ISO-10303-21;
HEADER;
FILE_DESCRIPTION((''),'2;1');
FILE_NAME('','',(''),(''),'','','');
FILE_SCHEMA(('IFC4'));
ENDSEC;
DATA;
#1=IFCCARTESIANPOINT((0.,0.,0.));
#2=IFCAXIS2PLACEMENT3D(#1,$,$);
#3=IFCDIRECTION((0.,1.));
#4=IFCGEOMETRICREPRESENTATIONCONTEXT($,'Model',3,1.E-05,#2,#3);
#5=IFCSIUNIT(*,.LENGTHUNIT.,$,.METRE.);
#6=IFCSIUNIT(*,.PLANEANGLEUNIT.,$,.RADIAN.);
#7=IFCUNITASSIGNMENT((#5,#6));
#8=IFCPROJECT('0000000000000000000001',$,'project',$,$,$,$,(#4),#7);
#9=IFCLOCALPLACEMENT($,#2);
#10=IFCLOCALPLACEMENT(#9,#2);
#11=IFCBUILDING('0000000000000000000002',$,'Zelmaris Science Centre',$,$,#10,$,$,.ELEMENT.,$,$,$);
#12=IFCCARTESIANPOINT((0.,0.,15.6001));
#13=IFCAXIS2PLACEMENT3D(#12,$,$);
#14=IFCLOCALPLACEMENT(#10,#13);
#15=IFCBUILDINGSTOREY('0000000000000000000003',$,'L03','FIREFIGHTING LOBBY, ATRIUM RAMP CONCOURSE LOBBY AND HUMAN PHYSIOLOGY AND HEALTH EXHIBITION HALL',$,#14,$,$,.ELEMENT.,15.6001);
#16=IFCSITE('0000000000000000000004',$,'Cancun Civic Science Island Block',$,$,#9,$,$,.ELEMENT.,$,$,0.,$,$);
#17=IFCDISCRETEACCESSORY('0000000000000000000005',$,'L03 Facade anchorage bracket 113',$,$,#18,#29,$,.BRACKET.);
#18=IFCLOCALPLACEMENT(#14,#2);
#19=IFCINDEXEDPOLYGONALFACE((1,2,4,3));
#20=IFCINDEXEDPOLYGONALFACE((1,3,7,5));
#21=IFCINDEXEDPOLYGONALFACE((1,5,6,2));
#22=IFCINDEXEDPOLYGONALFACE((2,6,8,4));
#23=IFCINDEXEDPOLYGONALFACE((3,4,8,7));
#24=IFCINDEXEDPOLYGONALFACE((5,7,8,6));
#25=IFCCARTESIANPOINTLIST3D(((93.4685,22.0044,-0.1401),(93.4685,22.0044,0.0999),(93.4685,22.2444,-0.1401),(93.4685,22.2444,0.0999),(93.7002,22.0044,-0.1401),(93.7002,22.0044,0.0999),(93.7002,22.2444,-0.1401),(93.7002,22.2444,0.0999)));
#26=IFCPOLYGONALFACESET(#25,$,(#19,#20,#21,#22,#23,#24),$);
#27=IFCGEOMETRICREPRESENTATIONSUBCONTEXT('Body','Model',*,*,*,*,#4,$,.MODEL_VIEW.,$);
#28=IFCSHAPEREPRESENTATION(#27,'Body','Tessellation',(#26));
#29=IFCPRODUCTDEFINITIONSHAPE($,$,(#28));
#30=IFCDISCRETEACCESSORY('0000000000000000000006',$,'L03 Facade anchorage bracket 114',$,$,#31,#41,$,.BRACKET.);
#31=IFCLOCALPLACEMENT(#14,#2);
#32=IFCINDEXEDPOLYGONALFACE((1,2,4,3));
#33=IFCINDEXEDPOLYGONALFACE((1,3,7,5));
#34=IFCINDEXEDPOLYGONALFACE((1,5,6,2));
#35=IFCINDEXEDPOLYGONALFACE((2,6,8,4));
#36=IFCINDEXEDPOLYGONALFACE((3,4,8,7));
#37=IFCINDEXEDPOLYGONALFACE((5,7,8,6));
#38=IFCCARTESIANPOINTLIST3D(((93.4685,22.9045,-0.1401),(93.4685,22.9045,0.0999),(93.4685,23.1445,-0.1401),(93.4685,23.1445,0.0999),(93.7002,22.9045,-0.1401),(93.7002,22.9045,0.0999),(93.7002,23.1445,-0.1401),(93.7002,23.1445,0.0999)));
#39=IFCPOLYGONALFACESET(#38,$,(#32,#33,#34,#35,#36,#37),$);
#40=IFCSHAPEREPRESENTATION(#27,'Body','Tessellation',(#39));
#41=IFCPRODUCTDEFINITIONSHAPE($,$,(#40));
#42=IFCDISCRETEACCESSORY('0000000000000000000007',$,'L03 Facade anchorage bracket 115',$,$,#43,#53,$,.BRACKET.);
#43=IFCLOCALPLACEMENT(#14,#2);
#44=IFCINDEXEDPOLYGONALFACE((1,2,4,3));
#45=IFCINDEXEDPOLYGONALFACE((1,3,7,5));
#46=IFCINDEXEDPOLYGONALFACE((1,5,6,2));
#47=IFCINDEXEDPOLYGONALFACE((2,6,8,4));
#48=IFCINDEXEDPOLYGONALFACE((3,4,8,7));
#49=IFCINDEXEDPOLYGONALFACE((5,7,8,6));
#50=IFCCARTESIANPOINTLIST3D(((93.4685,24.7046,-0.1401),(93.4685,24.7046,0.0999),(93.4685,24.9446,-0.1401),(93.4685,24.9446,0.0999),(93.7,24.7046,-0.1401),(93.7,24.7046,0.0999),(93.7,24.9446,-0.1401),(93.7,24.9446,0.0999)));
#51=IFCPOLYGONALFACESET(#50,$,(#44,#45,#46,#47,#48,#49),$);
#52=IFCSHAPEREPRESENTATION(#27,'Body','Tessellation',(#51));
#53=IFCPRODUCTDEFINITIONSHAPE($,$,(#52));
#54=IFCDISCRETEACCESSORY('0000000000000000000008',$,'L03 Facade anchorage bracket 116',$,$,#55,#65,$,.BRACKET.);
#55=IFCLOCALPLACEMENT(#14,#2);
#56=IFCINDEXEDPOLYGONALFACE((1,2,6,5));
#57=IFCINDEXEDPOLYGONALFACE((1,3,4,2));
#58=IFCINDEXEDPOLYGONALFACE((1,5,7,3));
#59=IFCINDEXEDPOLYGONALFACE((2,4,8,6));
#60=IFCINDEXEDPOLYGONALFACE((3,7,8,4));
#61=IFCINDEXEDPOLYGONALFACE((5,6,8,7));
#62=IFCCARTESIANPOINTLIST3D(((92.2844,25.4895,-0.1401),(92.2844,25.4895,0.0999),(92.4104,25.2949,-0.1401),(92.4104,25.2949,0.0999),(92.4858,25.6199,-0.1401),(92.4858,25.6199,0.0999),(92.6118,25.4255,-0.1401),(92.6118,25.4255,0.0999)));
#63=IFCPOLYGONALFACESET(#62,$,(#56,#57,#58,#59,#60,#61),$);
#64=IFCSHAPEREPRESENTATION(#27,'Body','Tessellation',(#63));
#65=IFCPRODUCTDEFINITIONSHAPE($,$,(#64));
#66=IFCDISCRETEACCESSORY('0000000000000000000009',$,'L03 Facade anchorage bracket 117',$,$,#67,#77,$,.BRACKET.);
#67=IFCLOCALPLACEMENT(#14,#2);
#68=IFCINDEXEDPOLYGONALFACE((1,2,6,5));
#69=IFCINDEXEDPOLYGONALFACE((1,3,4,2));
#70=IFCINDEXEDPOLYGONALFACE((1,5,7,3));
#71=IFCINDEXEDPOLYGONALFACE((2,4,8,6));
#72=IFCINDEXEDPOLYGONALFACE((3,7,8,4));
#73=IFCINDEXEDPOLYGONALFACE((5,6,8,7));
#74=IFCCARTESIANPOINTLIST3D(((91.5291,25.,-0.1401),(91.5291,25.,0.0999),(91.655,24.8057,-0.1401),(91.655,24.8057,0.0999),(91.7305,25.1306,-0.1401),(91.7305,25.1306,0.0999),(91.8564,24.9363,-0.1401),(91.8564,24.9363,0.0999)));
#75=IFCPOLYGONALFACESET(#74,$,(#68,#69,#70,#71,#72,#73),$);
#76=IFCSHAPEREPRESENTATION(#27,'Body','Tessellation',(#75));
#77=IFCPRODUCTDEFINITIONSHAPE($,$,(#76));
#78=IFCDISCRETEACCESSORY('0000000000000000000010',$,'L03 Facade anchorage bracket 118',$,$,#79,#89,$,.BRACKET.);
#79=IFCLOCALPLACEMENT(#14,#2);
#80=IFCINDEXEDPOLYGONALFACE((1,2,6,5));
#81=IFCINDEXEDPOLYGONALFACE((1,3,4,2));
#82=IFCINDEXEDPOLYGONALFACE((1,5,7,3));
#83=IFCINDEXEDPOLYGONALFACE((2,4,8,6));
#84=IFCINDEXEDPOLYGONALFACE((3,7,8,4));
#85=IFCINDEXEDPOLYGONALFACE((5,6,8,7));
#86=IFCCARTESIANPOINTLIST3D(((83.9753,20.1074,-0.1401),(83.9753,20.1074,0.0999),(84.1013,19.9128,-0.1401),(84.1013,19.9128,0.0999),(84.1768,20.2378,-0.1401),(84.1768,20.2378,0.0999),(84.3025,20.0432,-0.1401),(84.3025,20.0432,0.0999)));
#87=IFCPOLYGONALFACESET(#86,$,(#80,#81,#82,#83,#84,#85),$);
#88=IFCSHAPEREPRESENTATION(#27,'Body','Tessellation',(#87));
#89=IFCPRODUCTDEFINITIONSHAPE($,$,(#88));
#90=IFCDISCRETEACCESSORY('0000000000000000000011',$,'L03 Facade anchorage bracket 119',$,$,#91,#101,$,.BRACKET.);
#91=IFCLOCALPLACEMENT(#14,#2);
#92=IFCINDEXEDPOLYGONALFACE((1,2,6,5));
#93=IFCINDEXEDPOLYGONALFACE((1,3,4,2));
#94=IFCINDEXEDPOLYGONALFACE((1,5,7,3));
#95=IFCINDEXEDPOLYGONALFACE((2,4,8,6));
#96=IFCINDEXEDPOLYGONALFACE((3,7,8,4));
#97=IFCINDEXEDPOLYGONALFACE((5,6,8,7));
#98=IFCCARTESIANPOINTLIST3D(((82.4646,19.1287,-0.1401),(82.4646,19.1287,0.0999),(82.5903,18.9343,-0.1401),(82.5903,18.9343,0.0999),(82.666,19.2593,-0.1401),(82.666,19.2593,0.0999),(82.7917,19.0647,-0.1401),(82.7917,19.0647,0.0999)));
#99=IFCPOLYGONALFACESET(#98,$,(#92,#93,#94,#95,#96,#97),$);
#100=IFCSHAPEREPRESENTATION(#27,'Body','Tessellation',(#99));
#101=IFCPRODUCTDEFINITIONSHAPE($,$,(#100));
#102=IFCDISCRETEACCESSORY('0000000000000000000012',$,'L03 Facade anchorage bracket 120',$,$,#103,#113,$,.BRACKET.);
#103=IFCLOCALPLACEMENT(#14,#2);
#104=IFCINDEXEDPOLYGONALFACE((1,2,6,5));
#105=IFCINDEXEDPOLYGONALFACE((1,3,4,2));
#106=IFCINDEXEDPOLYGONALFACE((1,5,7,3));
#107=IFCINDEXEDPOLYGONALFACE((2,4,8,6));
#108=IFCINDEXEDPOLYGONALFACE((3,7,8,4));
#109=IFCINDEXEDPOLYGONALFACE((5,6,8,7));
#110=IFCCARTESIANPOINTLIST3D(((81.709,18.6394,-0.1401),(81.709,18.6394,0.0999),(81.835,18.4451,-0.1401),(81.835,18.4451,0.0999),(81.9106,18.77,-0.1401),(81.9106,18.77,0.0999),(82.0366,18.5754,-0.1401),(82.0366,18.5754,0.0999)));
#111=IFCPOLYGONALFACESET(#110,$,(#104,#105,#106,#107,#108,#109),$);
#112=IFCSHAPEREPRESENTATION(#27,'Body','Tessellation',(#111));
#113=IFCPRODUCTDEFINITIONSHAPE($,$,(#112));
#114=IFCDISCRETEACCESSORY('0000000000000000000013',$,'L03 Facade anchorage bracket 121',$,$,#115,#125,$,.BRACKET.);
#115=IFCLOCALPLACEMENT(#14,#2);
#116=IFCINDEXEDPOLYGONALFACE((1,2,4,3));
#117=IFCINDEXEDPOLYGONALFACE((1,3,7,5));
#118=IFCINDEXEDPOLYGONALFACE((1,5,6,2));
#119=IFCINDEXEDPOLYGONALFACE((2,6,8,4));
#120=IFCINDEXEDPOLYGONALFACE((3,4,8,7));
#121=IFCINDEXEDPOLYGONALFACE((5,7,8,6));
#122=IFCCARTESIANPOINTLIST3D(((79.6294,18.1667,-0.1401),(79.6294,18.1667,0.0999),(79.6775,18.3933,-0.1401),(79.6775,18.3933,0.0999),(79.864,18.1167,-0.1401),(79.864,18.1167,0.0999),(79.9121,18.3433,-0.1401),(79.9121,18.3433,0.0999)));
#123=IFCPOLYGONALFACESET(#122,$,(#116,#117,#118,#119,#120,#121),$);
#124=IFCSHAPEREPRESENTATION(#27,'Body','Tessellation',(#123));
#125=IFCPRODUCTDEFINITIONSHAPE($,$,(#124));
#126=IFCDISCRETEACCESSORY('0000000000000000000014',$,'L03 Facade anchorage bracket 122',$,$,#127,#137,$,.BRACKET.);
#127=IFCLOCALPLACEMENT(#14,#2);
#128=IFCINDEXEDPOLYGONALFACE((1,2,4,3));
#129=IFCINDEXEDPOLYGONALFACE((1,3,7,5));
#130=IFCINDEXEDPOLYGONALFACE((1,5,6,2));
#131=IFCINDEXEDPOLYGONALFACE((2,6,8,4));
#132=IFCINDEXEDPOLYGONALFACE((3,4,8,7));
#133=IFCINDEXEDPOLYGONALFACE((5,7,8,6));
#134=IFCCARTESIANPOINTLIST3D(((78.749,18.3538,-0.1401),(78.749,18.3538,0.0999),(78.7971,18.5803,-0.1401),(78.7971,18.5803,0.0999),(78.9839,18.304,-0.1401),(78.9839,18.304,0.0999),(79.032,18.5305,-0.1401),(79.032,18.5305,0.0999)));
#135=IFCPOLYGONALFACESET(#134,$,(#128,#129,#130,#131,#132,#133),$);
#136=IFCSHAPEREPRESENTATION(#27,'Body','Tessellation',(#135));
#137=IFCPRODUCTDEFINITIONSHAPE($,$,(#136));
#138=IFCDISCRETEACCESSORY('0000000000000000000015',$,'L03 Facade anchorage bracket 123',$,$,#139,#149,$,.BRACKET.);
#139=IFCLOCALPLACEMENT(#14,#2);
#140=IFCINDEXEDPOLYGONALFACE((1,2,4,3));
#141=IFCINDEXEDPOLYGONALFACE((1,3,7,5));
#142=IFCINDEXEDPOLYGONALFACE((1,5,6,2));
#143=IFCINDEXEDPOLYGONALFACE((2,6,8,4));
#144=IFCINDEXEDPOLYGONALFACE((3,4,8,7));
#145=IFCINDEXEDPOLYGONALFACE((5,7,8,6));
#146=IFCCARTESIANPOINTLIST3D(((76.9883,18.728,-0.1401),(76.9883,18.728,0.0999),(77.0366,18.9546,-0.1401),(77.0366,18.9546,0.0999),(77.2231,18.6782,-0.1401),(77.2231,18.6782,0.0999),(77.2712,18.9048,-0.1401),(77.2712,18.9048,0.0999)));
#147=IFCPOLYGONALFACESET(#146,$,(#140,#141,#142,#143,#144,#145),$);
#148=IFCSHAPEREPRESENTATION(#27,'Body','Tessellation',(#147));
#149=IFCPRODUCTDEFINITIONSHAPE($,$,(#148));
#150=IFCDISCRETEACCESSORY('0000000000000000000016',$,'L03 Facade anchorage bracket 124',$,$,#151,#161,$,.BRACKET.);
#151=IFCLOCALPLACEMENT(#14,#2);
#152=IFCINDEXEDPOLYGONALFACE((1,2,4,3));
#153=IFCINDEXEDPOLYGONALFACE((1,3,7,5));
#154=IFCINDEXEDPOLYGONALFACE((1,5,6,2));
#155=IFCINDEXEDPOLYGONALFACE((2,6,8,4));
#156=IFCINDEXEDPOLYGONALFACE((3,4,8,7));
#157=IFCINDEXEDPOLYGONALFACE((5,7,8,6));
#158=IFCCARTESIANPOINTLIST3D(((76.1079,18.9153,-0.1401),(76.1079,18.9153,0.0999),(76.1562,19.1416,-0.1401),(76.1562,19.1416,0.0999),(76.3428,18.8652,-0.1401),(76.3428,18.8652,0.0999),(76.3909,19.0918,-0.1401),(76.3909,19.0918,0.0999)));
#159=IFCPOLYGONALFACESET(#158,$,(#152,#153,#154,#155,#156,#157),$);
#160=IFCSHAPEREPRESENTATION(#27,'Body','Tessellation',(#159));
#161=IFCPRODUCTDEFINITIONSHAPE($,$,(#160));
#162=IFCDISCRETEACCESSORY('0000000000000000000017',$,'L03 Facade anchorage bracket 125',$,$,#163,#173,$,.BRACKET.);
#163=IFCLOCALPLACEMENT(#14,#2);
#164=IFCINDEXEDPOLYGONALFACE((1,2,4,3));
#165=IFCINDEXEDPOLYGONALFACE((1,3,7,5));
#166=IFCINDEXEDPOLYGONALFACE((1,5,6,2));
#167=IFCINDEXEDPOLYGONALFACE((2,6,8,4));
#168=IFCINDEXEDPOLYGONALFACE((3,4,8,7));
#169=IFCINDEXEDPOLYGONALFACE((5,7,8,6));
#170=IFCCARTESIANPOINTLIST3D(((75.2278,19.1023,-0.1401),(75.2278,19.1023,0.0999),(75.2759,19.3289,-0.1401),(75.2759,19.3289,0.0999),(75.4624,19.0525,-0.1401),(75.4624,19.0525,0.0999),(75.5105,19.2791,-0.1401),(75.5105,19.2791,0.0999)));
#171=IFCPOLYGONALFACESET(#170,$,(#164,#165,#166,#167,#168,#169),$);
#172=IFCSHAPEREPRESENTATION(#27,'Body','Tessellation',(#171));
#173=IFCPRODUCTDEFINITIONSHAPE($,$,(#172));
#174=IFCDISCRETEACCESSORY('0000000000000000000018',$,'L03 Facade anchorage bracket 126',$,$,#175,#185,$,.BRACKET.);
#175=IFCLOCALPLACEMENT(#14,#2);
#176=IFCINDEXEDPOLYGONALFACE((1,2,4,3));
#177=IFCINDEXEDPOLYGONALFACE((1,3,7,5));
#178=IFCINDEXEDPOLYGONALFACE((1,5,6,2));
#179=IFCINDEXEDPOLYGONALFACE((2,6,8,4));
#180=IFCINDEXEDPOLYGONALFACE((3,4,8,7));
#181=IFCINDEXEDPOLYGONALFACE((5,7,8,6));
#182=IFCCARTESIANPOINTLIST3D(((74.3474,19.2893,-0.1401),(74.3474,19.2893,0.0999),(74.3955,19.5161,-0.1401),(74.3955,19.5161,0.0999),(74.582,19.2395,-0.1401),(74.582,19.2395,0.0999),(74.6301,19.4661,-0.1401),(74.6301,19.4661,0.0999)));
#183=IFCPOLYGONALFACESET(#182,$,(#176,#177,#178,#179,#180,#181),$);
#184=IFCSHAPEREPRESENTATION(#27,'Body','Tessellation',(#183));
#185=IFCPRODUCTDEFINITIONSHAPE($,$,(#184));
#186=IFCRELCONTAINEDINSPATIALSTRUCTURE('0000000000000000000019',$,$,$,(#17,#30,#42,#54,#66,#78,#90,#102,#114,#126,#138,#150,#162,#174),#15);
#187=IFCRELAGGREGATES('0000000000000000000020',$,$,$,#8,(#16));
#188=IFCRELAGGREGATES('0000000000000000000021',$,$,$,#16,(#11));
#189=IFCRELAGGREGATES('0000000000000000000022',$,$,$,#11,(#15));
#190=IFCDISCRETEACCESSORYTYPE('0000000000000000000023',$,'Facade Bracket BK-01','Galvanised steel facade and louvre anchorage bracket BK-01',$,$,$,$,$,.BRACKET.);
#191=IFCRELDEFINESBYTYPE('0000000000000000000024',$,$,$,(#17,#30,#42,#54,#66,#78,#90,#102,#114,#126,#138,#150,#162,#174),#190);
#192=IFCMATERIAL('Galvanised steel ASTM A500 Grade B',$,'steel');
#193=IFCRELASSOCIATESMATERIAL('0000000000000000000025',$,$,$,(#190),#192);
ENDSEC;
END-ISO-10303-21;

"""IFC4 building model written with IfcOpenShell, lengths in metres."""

from ifc_helpers import new_model, si_unit, direction, frame, origin, place, context, subcontext, project, spatial, polyline, outline, extrude, material, type_object, element, save


model = new_model("IFC4")

# Units and contexts
model_context = context("Model", 3, precision=1e-05, world=origin(), true_north=direction((0.0, 1.0)))
body_context = subcontext(model_context, "Body", "Model", "MODEL_VIEW")
ifc_project = project(units=[si_unit("LENGTHUNIT", "METRE"), si_unit("PLANEANGLEUNIT", "RADIAN")], contexts=[model_context])

# Site, building, storey
site_placement = place(None, origin())
site = spatial("IfcSite", under=ifc_project, at=site_placement, Name="Cancun Civic Science Island Block", CompositionType="ELEMENT", RefElevation=0.0)
building_placement = place(site_placement, origin())
building = spatial("IfcBuilding", under=site, at=building_placement, Name="Zelmaris Science Centre", CompositionType="ELEMENT")
storey_placement = place(building_placement, frame((0.0, 0.0, 15.6001)))
storey = spatial("IfcBuildingStorey", under=building, at=storey_placement, Name="L03", Description="FIREFIGHTING LOBBY, ATRIUM RAMP CONCOURSE LOBBY AND HUMAN PHYSIOLOGY AND HEALTH EXHIBITION HALL", CompositionType="ELEMENT", Elevation=15.6001)

# Discrete accessories
ifc_material_1 = material(Name="Galvanised steel ASTM A500 Grade B", Category="steel")
discrete_accessory_type_1 = type_object("IfcDiscreteAccessoryType", Name="Facade Bracket BK-01", Description="Galvanised steel facade and louvre anchorage bracket BK-01", PredefinedType="BRACKET", material=ifc_material_1)
discrete_accessory_1_placement = place(storey_placement, frame((0.0, 0.0, -0.1401)))
element("IfcDiscreteAccessory", 1, at=discrete_accessory_1_placement, inside=storey, type_object=discrete_accessory_type_1, Name="L03 Facade anchorage bracket 113", PredefinedType="BRACKET", context=body_context, shape_type="SweptSolid", body=[
    extrude(outline(polyline([(93.7002, 22.0044), (93.7002, 22.2444), (93.4685, 22.2444), (93.4685, 22.0044), (93.7002, 22.0044)])), origin(), (0.0, 0.0, 1.0), 0.24),
])
discrete_accessory_2_placement = place(storey_placement, frame((0.0, 0.0, -0.1401)))
element("IfcDiscreteAccessory", 2, at=discrete_accessory_2_placement, inside=storey, type_object=discrete_accessory_type_1, Name="L03 Facade anchorage bracket 114", PredefinedType="BRACKET", context=body_context, shape_type="SweptSolid", body=[
    extrude(outline(polyline([(93.7002, 22.9045), (93.7002, 23.1445), (93.4685, 23.1445), (93.4685, 22.9045), (93.7002, 22.9045)])), origin(), (0.0, 0.0, 1.0), 0.24),
])
discrete_accessory_3_placement = place(storey_placement, frame((0.0, 0.0, -0.1401)))
element("IfcDiscreteAccessory", 3, at=discrete_accessory_3_placement, inside=storey, type_object=discrete_accessory_type_1, Name="L03 Facade anchorage bracket 115", PredefinedType="BRACKET", context=body_context, shape_type="SweptSolid", body=[
    extrude(outline(polyline([(93.7, 24.7046), (93.7, 24.9446), (93.4685, 24.9446), (93.4685, 24.7046), (93.7, 24.7046)])), origin(), (0.0, 0.0, 1.0), 0.24),
])
discrete_accessory_4_placement = place(storey_placement, frame((0.0, 0.0, -0.1401)))
element("IfcDiscreteAccessory", 4, at=discrete_accessory_4_placement, inside=storey, type_object=discrete_accessory_type_1, Name="L03 Facade anchorage bracket 116", PredefinedType="BRACKET", context=body_context, shape_type="SweptSolid", body=[
    extrude(outline(polyline([(92.4858, 25.6199), (92.2844, 25.4895), (92.4104, 25.2949), (92.6118, 25.4255), (92.4858, 25.6199)])), origin(), (0.0, 0.0, 1.0), 0.24),
])
discrete_accessory_5_placement = place(storey_placement, frame((0.0, 0.0, -0.1401)))
element("IfcDiscreteAccessory", 5, at=discrete_accessory_5_placement, inside=storey, type_object=discrete_accessory_type_1, Name="L03 Facade anchorage bracket 117", PredefinedType="BRACKET", context=body_context, shape_type="SweptSolid", body=[
    extrude(outline(polyline([(91.7305, 25.1306), (91.5291, 25.0), (91.655, 24.8057), (91.8564, 24.9363), (91.7305, 25.1306)])), origin(), (0.0, 0.0, 1.0), 0.24),
])
discrete_accessory_6_placement = place(storey_placement, frame((0.0, 0.0, -0.1401)))
element("IfcDiscreteAccessory", 6, at=discrete_accessory_6_placement, inside=storey, type_object=discrete_accessory_type_1, Name="L03 Facade anchorage bracket 118", PredefinedType="BRACKET", context=body_context, shape_type="SweptSolid", body=[
    extrude(outline(polyline([(84.1768, 20.2378), (83.9753, 20.1074), (84.1013, 19.9128), (84.3025, 20.0432), (84.1768, 20.2378)])), origin(), (0.0, 0.0, 1.0), 0.24),
])
discrete_accessory_7_placement = place(storey_placement, frame((0.0, 0.0, -0.1401)))
element("IfcDiscreteAccessory", 7, at=discrete_accessory_7_placement, inside=storey, type_object=discrete_accessory_type_1, Name="L03 Facade anchorage bracket 119", PredefinedType="BRACKET", context=body_context, shape_type="SweptSolid", body=[
    extrude(outline(polyline([(82.666, 19.2593), (82.4646, 19.1287), (82.5903, 18.9343), (82.7917, 19.0647), (82.666, 19.2593)])), origin(), (0.0, 0.0, 1.0), 0.24),
])
discrete_accessory_8_placement = place(storey_placement, frame((0.0, 0.0, -0.1401)))
element("IfcDiscreteAccessory", 8, at=discrete_accessory_8_placement, inside=storey, type_object=discrete_accessory_type_1, Name="L03 Facade anchorage bracket 120", PredefinedType="BRACKET", context=body_context, shape_type="SweptSolid", body=[
    extrude(outline(polyline([(81.9106, 18.77), (81.709, 18.6394), (81.835, 18.4451), (82.0366, 18.5754), (81.9106, 18.77)])), origin(), (0.0, 0.0, 1.0), 0.24),
])
discrete_accessory_9_placement = place(storey_placement, frame((0.0, 0.0, -0.1401)))
element("IfcDiscreteAccessory", 9, at=discrete_accessory_9_placement, inside=storey, type_object=discrete_accessory_type_1, Name="L03 Facade anchorage bracket 121", PredefinedType="BRACKET", context=body_context, shape_type="SweptSolid", body=[
    extrude(outline(polyline([(79.9121, 18.3433), (79.6775, 18.3933), (79.6294, 18.1667), (79.864, 18.1167), (79.9121, 18.3433)])), origin(), (0.0, 0.0, 1.0), 0.24),
])
discrete_accessory_10_placement = place(storey_placement, frame((0.0, 0.0, -0.1401)))
element("IfcDiscreteAccessory", 10, at=discrete_accessory_10_placement, inside=storey, type_object=discrete_accessory_type_1, Name="L03 Facade anchorage bracket 122", PredefinedType="BRACKET", context=body_context, shape_type="SweptSolid", body=[
    extrude(outline(polyline([(79.032, 18.5305), (78.7971, 18.5803), (78.749, 18.3538), (78.9839, 18.304), (79.032, 18.5305)])), origin(), (0.0, 0.0, 1.0), 0.24),
])
discrete_accessory_11_placement = place(storey_placement, frame((0.0, 0.0, -0.1401)))
element("IfcDiscreteAccessory", 11, at=discrete_accessory_11_placement, inside=storey, type_object=discrete_accessory_type_1, Name="L03 Facade anchorage bracket 123", PredefinedType="BRACKET", context=body_context, shape_type="SweptSolid", body=[
    extrude(outline(polyline([(77.2712, 18.9048), (77.0366, 18.9546), (76.9883, 18.728), (77.2231, 18.6782), (77.2712, 18.9048)])), origin(), (0.0, 0.0, 1.0), 0.24),
])
discrete_accessory_12_placement = place(storey_placement, frame((0.0, 0.0, -0.1401)))
element("IfcDiscreteAccessory", 12, at=discrete_accessory_12_placement, inside=storey, type_object=discrete_accessory_type_1, Name="L03 Facade anchorage bracket 124", PredefinedType="BRACKET", context=body_context, shape_type="SweptSolid", body=[
    extrude(outline(polyline([(76.3909, 19.0918), (76.1562, 19.1416), (76.1079, 18.9153), (76.3428, 18.8652), (76.3909, 19.0918)])), origin(), (0.0, 0.0, 1.0), 0.24),
])
discrete_accessory_13_placement = place(storey_placement, frame((0.0, 0.0, -0.1401)))
element("IfcDiscreteAccessory", 13, at=discrete_accessory_13_placement, inside=storey, type_object=discrete_accessory_type_1, Name="L03 Facade anchorage bracket 125", PredefinedType="BRACKET", context=body_context, shape_type="SweptSolid", body=[
    extrude(outline(polyline([(75.5105, 19.2791), (75.2759, 19.3289), (75.2278, 19.1023), (75.4624, 19.0525), (75.5105, 19.2791)])), origin(), (0.0, 0.0, 1.0), 0.24),
])
discrete_accessory_14_placement = place(storey_placement, frame((0.0, 0.0, -0.1401)))
element("IfcDiscreteAccessory", 14, at=discrete_accessory_14_placement, inside=storey, type_object=discrete_accessory_type_1, Name="L03 Facade anchorage bracket 126", PredefinedType="BRACKET", context=body_context, shape_type="SweptSolid", body=[
    extrude(outline(polyline([(74.6301, 19.4661), (74.3955, 19.5161), (74.3474, 19.2893), (74.582, 19.2395), (74.6301, 19.4661)])), origin(), (0.0, 0.0, 1.0), 0.24),
])

save(model, "model.ifc")
